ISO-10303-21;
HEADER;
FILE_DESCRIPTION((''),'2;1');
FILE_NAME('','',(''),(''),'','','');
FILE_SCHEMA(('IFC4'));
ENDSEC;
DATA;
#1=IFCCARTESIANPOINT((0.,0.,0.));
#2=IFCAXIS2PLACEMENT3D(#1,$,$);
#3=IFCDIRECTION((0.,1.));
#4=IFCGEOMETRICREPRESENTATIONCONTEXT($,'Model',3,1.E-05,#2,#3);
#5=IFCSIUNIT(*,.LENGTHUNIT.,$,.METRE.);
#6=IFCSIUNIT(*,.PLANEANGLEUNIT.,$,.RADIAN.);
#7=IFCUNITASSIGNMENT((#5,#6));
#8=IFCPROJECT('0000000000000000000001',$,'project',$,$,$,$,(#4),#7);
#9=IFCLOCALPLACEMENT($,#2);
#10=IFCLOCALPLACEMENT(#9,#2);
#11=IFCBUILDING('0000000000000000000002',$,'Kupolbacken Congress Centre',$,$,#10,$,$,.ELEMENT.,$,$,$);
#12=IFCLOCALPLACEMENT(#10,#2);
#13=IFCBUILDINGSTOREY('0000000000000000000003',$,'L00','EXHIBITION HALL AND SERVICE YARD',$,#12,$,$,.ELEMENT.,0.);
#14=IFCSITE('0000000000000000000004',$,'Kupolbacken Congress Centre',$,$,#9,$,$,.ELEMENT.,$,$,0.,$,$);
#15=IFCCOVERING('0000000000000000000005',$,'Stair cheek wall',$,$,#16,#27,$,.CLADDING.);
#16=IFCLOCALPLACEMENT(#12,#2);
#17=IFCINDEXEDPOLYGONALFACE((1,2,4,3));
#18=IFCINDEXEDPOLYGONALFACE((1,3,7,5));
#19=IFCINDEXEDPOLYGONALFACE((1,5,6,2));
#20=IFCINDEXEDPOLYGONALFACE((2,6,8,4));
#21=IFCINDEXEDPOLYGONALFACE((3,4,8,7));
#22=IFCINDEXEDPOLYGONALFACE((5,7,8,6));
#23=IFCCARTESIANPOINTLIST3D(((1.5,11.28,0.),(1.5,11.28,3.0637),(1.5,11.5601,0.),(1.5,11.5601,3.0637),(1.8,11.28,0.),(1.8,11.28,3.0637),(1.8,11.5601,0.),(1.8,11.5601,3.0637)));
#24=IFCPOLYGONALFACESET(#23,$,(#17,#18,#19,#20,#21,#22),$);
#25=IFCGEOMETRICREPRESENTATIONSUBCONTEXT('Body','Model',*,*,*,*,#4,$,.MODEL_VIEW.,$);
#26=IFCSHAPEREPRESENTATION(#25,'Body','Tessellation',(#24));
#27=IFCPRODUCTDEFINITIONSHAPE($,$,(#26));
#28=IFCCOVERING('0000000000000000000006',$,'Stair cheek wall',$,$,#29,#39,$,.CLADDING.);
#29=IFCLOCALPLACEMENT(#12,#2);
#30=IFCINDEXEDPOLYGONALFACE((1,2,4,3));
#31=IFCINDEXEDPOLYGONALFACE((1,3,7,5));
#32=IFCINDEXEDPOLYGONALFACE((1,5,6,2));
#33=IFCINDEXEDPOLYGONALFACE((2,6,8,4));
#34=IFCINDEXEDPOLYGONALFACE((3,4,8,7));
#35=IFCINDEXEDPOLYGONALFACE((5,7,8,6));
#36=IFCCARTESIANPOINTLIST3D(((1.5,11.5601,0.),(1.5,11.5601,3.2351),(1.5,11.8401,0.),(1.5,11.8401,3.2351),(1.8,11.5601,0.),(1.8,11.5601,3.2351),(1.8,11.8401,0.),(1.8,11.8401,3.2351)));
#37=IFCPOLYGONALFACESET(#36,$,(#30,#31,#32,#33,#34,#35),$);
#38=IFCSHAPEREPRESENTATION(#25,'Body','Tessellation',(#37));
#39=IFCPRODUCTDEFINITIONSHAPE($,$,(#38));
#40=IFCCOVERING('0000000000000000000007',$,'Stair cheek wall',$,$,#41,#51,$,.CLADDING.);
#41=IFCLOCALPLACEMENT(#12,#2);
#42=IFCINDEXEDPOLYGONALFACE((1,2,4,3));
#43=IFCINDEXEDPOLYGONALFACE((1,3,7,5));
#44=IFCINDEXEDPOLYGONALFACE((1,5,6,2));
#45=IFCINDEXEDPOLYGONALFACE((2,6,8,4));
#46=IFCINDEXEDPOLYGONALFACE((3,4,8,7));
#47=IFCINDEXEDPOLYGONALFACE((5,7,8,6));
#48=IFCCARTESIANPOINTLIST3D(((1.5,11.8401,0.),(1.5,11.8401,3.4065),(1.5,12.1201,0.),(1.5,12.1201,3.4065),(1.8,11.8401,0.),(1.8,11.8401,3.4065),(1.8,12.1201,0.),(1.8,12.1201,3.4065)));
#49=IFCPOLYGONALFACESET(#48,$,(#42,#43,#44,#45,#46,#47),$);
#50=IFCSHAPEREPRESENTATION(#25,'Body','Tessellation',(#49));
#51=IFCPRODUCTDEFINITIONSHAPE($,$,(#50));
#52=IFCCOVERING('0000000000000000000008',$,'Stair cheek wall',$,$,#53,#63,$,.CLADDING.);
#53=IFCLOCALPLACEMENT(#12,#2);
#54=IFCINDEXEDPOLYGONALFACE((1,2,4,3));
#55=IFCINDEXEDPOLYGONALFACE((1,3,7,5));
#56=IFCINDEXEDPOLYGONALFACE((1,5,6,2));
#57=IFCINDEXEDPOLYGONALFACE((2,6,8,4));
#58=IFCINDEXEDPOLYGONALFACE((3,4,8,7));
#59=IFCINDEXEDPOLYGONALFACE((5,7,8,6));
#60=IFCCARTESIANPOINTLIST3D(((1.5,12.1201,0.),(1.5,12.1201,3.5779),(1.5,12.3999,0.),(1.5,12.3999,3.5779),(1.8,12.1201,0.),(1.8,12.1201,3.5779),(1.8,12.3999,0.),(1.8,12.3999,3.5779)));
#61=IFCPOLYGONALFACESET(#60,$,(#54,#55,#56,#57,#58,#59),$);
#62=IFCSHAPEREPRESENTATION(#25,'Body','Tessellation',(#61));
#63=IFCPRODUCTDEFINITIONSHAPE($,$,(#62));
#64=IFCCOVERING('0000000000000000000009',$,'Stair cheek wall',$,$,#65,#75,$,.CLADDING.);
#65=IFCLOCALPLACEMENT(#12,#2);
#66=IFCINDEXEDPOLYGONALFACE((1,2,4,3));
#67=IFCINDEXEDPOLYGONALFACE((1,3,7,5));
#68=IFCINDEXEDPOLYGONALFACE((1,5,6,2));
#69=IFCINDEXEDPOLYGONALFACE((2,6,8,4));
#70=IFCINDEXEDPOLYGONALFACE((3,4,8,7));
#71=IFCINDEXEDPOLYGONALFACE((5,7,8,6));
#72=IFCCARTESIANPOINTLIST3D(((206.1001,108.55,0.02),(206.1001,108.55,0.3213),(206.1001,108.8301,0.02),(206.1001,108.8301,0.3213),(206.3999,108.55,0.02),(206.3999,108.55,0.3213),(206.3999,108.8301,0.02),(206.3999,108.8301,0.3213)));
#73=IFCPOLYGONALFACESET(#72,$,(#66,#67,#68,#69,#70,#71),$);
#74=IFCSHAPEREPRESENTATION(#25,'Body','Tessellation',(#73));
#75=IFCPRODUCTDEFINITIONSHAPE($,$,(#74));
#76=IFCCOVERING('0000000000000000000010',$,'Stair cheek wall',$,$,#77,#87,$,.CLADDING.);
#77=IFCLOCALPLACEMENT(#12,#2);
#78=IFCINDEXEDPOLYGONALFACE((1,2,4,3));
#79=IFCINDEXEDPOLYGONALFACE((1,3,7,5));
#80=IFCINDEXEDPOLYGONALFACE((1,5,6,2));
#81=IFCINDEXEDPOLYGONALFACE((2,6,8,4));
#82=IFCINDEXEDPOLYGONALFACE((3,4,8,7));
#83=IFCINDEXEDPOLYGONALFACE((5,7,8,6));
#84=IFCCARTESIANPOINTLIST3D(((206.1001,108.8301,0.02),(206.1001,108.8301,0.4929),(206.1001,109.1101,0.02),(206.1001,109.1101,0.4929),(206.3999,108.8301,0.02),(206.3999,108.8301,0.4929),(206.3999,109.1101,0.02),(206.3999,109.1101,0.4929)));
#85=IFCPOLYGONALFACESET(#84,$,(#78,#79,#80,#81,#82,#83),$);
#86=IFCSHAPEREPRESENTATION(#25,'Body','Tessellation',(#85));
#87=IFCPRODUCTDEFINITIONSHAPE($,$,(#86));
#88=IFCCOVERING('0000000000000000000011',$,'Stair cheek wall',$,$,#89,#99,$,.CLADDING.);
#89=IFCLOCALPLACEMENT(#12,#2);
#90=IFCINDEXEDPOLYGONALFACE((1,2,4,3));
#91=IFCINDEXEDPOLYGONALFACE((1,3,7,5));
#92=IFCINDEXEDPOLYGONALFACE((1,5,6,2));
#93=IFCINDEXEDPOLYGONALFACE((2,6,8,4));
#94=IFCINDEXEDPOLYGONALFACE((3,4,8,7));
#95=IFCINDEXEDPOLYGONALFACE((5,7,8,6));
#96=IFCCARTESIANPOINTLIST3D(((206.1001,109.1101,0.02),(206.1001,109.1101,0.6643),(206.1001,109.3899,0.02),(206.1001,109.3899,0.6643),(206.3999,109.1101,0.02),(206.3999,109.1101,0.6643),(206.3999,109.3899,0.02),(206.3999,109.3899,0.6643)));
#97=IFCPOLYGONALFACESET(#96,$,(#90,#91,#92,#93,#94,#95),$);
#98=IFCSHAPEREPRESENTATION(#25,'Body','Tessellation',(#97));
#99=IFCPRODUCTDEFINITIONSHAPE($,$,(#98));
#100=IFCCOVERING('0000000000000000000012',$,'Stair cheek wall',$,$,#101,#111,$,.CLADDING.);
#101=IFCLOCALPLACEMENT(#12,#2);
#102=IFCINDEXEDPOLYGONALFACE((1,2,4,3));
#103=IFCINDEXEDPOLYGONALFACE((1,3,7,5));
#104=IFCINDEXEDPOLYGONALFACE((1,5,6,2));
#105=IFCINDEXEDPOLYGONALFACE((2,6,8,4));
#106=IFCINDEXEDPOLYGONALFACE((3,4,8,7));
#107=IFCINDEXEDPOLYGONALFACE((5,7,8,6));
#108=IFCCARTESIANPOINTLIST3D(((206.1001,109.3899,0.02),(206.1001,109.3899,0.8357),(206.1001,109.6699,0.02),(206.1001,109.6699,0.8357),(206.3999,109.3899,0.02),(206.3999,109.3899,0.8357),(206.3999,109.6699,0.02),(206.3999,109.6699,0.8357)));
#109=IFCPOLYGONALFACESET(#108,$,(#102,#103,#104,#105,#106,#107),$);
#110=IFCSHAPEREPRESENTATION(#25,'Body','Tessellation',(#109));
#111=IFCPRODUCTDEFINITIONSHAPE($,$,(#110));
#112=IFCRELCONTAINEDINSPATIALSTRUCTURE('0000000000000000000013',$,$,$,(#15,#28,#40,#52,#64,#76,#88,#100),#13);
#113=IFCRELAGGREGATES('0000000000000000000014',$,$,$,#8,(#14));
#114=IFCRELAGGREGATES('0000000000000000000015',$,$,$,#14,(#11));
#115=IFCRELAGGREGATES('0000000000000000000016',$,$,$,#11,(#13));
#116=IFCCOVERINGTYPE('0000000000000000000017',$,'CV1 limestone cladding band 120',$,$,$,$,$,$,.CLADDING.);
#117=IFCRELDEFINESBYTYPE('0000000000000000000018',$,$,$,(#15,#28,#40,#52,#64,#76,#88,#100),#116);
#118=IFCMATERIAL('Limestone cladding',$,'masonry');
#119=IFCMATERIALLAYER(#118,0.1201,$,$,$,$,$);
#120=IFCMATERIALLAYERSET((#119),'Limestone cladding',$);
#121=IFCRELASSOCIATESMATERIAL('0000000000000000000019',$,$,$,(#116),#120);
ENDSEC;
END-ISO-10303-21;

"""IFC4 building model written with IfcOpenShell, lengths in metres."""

from ifc_helpers import new_model, si_unit, direction, frame, origin, place, context, subcontext, project, spatial, polyline, outline, extrude, material, layer, layer_set, type_object, element, save


model = new_model("IFC4")

# Units and contexts
model_context = context("Model", 3, precision=1e-05, world=origin(), true_north=direction((0.0, 1.0)))
body_context = subcontext(model_context, "Body", "Model", "MODEL_VIEW")
ifc_project = project(units=[si_unit("LENGTHUNIT", "METRE"), si_unit("PLANEANGLEUNIT", "RADIAN")], contexts=[model_context])

# Site, building, storey
site_placement = place(None, origin())
site = spatial("IfcSite", under=ifc_project, at=site_placement, Name="Kupolbacken Congress Centre", CompositionType="ELEMENT", RefElevation=0.0)
building_placement = place(site_placement, origin())
building = spatial("IfcBuilding", under=site, at=building_placement, Name="Kupolbacken Congress Centre", CompositionType="ELEMENT")
storey_placement = place(building_placement, origin())
storey = spatial("IfcBuildingStorey", under=building, at=storey_placement, Name="L00", Description="EXHIBITION HALL AND SERVICE YARD", CompositionType="ELEMENT", Elevation=0.0)

# Coverings
ifc_material = material(Name="Limestone cladding", Category="masonry")
ifc_layer = layer(ifc_material, 0.1201)
ifc_layer_set = layer_set([ifc_layer], Name="Limestone cladding")
covering_type = type_object("IfcCoveringType", Name="CV1 limestone cladding band 120", PredefinedType="CLADDING", material=ifc_layer_set)
covering_1_placement = place(storey_placement, origin())
element("IfcCovering", 1, at=covering_1_placement, inside=storey, type_object=covering_type, Name="Stair cheek wall", PredefinedType="CLADDING", context=body_context, shape_type="SweptSolid", body=[
    extrude(outline(polyline([(1.8, 11.28), (1.8, 11.5601), (1.5, 11.5601), (1.5, 11.28), (1.8, 11.28)])), origin(), (0.0, 0.0, 1.0), 3.0637),
])
covering_2_placement = place(storey_placement, origin())
element("IfcCovering", 2, at=covering_2_placement, inside=storey, type_object=covering_type, Name="Stair cheek wall", PredefinedType="CLADDING", context=body_context, shape_type="SweptSolid", body=[
    extrude(outline(polyline([(1.8, 11.5601), (1.8, 11.8401), (1.5, 11.8401), (1.5, 11.5601), (1.8, 11.5601)])), origin(), (0.0, 0.0, 1.0), 3.2351),
])
covering_3_placement = place(storey_placement, origin())
element("IfcCovering", 3, at=covering_3_placement, inside=storey, type_object=covering_type, Name="Stair cheek wall", PredefinedType="CLADDING", context=body_context, shape_type="SweptSolid", body=[
    extrude(outline(polyline([(1.8, 11.8401), (1.8, 12.1201), (1.5, 12.1201), (1.5, 11.8401), (1.8, 11.8401)])), origin(), (0.0, 0.0, 1.0), 3.4065),
])
covering_4_placement = place(storey_placement, origin())
element("IfcCovering", 4, at=covering_4_placement, inside=storey, type_object=covering_type, Name="Stair cheek wall", PredefinedType="CLADDING", context=body_context, shape_type="SweptSolid", body=[
    extrude(outline(polyline([(1.8, 12.1201), (1.8, 12.3999), (1.5, 12.3999), (1.5, 12.1201), (1.8, 12.1201)])), origin(), (0.0, 0.0, 1.0), 3.5779),
])
covering_5_placement = place(storey_placement, frame((0.0, 0.0, 0.02)))
element("IfcCovering", 5, at=covering_5_placement, inside=storey, type_object=covering_type, Name="Stair cheek wall", PredefinedType="CLADDING", context=body_context, shape_type="SweptSolid", body=[
    extrude(outline(polyline([(206.1001, 108.55), (206.1001, 108.8301), (206.3999, 108.8301), (206.3999, 108.55), (206.1001, 108.55)])), origin(), (0.0, 0.0, 1.0), 0.3013),
])
covering_6_placement = place(storey_placement, frame((0.0, 0.0, 0.02)))
element("IfcCovering", 6, at=covering_6_placement, inside=storey, type_object=covering_type, Name="Stair cheek wall", PredefinedType="CLADDING", context=body_context, shape_type="SweptSolid", body=[
    extrude(outline(polyline([(206.1001, 108.8301), (206.1001, 109.1101), (206.3999, 109.1101), (206.3999, 108.8301), (206.1001, 108.8301)])), origin(), (0.0, 0.0, 1.0), 0.4729),
])
covering_7_placement = place(storey_placement, frame((0.0, 0.0, 0.02)))
element("IfcCovering", 7, at=covering_7_placement, inside=storey, type_object=covering_type, Name="Stair cheek wall", PredefinedType="CLADDING", context=body_context, shape_type="SweptSolid", body=[
    extrude(outline(polyline([(206.1001, 109.1101), (206.1001, 109.3899), (206.3999, 109.3899), (206.3999, 109.1101), (206.1001, 109.1101)])), origin(), (0.0, 0.0, 1.0), 0.6443),
])
covering_8_placement = place(storey_placement, frame((0.0, 0.0, 0.02)))
element("IfcCovering", 8, at=covering_8_placement, inside=storey, type_object=covering_type, Name="Stair cheek wall", PredefinedType="CLADDING", context=body_context, shape_type="SweptSolid", body=[
    extrude(outline(polyline([(206.1001, 109.3899), (206.1001, 109.6699), (206.3999, 109.6699), (206.3999, 109.3899), (206.1001, 109.3899)])), origin(), (0.0, 0.0, 1.0), 0.8157),
])

save(model, "model.ifc")
